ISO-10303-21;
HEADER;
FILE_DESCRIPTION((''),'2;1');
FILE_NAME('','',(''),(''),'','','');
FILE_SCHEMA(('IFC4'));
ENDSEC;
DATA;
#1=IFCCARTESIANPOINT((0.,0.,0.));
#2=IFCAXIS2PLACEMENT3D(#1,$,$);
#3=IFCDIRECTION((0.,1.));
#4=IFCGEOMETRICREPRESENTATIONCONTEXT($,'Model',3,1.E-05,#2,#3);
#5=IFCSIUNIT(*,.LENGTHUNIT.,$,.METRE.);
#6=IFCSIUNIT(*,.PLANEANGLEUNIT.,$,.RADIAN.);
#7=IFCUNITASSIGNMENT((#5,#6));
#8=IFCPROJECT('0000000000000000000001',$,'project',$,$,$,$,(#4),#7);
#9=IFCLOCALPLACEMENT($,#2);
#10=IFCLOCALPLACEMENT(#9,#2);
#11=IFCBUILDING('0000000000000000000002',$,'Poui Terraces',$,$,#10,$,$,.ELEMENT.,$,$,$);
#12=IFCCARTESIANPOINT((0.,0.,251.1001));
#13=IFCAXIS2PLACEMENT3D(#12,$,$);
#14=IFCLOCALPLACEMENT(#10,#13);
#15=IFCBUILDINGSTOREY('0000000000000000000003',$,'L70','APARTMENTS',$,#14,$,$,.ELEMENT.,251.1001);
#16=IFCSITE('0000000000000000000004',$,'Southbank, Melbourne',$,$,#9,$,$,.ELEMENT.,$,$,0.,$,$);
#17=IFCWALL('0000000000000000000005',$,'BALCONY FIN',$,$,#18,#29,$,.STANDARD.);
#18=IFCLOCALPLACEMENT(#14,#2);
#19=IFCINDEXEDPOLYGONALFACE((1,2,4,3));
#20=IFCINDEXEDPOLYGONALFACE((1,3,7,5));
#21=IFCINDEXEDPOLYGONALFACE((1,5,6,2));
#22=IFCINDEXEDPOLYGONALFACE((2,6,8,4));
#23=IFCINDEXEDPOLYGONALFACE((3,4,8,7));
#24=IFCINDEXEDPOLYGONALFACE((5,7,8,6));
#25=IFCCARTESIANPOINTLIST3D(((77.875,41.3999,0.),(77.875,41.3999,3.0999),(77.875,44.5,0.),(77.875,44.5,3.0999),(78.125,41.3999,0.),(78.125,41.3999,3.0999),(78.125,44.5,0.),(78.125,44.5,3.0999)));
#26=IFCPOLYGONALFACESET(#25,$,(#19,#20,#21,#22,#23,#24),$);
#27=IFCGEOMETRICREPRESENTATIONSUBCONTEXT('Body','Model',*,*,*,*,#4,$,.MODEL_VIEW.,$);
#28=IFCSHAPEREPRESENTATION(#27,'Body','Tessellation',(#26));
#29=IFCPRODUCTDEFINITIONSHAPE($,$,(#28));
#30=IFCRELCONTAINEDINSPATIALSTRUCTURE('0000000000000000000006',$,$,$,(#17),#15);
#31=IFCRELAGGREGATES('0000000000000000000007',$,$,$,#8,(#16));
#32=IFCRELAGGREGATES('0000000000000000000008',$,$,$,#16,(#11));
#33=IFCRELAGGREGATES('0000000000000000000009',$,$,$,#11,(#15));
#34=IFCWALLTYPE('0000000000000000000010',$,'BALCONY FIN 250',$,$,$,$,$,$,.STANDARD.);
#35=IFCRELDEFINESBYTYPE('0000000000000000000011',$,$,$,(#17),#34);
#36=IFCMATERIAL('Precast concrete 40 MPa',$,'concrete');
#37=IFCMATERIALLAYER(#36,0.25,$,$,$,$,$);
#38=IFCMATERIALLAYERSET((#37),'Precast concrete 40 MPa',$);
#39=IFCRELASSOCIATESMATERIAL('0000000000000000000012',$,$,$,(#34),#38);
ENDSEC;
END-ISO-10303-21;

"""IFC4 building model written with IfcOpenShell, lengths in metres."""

from ifc_helpers import new_model, si_unit, direction, frame, origin, place, context, subcontext, project, spatial, polyline, outline, extrude, source, transform, mapped, material, layer, layer_set, type_object, element, save


model = new_model("IFC4")

# Units and contexts
model_context = context("Model", 3, precision=1e-05, world=origin(), true_north=direction((0.0, 1.0)))
body_context = subcontext(model_context, "Body", "Model", "MODEL_VIEW")
ifc_project = project(units=[si_unit("LENGTHUNIT", "METRE"), si_unit("PLANEANGLEUNIT", "RADIAN")], contexts=[model_context])

# Site, building, storey
site_placement = place(None, origin())
site = spatial("IfcSite", under=ifc_project, at=site_placement, Name="Southbank, Melbourne", CompositionType="ELEMENT", RefElevation=0.0)
building_placement = place(site_placement, origin())
building = spatial("IfcBuilding", under=site, at=building_placement, Name="Poui Terraces", CompositionType="ELEMENT")
storey_placement = place(building_placement, frame((0.0, 0.0, 251.1001)))
storey = spatial("IfcBuildingStorey", under=building, at=storey_placement, Name="L70", Description="APARTMENTS", CompositionType="ELEMENT", Elevation=251.1001)

# Shared definitions
ifc_material_1 = material(Name="Precast concrete 40 MPa", Category="concrete")

# Wall
ifc_layer_1 = layer(ifc_material_1, 0.25)
ifc_layer_set_1 = layer_set([ifc_layer_1], Name="Precast concrete 40 MPa")
wall_type_1 = type_object("IfcWallType", Name="BALCONY FIN 250", PredefinedType="STANDARD", material=ifc_layer_set_1)
shared_shape_1 = source(origin(), body_context, "Body", "SweptSolid", [
    extrude(outline(polyline([(0.0, 0.0), (0.25, 0.0), (0.25, 3.1001), (0.0, 3.1001), (0.0, 0.0)])), origin(), (0.0, 0.0, 1.0), 3.0999),
])
wall_1_placement = place(storey_placement, frame((77.875, 41.3999, 0.0)))
element("IfcWall", 1, at=wall_1_placement, inside=storey, type_object=wall_type_1, Name="BALCONY FIN", PredefinedType="STANDARD", context=body_context, shape_type="MappedRepresentation", body=[
    mapped(shared_shape_1, transform((0.0, 0.0, 0.0))),
])

save(model, "model.ifc")
